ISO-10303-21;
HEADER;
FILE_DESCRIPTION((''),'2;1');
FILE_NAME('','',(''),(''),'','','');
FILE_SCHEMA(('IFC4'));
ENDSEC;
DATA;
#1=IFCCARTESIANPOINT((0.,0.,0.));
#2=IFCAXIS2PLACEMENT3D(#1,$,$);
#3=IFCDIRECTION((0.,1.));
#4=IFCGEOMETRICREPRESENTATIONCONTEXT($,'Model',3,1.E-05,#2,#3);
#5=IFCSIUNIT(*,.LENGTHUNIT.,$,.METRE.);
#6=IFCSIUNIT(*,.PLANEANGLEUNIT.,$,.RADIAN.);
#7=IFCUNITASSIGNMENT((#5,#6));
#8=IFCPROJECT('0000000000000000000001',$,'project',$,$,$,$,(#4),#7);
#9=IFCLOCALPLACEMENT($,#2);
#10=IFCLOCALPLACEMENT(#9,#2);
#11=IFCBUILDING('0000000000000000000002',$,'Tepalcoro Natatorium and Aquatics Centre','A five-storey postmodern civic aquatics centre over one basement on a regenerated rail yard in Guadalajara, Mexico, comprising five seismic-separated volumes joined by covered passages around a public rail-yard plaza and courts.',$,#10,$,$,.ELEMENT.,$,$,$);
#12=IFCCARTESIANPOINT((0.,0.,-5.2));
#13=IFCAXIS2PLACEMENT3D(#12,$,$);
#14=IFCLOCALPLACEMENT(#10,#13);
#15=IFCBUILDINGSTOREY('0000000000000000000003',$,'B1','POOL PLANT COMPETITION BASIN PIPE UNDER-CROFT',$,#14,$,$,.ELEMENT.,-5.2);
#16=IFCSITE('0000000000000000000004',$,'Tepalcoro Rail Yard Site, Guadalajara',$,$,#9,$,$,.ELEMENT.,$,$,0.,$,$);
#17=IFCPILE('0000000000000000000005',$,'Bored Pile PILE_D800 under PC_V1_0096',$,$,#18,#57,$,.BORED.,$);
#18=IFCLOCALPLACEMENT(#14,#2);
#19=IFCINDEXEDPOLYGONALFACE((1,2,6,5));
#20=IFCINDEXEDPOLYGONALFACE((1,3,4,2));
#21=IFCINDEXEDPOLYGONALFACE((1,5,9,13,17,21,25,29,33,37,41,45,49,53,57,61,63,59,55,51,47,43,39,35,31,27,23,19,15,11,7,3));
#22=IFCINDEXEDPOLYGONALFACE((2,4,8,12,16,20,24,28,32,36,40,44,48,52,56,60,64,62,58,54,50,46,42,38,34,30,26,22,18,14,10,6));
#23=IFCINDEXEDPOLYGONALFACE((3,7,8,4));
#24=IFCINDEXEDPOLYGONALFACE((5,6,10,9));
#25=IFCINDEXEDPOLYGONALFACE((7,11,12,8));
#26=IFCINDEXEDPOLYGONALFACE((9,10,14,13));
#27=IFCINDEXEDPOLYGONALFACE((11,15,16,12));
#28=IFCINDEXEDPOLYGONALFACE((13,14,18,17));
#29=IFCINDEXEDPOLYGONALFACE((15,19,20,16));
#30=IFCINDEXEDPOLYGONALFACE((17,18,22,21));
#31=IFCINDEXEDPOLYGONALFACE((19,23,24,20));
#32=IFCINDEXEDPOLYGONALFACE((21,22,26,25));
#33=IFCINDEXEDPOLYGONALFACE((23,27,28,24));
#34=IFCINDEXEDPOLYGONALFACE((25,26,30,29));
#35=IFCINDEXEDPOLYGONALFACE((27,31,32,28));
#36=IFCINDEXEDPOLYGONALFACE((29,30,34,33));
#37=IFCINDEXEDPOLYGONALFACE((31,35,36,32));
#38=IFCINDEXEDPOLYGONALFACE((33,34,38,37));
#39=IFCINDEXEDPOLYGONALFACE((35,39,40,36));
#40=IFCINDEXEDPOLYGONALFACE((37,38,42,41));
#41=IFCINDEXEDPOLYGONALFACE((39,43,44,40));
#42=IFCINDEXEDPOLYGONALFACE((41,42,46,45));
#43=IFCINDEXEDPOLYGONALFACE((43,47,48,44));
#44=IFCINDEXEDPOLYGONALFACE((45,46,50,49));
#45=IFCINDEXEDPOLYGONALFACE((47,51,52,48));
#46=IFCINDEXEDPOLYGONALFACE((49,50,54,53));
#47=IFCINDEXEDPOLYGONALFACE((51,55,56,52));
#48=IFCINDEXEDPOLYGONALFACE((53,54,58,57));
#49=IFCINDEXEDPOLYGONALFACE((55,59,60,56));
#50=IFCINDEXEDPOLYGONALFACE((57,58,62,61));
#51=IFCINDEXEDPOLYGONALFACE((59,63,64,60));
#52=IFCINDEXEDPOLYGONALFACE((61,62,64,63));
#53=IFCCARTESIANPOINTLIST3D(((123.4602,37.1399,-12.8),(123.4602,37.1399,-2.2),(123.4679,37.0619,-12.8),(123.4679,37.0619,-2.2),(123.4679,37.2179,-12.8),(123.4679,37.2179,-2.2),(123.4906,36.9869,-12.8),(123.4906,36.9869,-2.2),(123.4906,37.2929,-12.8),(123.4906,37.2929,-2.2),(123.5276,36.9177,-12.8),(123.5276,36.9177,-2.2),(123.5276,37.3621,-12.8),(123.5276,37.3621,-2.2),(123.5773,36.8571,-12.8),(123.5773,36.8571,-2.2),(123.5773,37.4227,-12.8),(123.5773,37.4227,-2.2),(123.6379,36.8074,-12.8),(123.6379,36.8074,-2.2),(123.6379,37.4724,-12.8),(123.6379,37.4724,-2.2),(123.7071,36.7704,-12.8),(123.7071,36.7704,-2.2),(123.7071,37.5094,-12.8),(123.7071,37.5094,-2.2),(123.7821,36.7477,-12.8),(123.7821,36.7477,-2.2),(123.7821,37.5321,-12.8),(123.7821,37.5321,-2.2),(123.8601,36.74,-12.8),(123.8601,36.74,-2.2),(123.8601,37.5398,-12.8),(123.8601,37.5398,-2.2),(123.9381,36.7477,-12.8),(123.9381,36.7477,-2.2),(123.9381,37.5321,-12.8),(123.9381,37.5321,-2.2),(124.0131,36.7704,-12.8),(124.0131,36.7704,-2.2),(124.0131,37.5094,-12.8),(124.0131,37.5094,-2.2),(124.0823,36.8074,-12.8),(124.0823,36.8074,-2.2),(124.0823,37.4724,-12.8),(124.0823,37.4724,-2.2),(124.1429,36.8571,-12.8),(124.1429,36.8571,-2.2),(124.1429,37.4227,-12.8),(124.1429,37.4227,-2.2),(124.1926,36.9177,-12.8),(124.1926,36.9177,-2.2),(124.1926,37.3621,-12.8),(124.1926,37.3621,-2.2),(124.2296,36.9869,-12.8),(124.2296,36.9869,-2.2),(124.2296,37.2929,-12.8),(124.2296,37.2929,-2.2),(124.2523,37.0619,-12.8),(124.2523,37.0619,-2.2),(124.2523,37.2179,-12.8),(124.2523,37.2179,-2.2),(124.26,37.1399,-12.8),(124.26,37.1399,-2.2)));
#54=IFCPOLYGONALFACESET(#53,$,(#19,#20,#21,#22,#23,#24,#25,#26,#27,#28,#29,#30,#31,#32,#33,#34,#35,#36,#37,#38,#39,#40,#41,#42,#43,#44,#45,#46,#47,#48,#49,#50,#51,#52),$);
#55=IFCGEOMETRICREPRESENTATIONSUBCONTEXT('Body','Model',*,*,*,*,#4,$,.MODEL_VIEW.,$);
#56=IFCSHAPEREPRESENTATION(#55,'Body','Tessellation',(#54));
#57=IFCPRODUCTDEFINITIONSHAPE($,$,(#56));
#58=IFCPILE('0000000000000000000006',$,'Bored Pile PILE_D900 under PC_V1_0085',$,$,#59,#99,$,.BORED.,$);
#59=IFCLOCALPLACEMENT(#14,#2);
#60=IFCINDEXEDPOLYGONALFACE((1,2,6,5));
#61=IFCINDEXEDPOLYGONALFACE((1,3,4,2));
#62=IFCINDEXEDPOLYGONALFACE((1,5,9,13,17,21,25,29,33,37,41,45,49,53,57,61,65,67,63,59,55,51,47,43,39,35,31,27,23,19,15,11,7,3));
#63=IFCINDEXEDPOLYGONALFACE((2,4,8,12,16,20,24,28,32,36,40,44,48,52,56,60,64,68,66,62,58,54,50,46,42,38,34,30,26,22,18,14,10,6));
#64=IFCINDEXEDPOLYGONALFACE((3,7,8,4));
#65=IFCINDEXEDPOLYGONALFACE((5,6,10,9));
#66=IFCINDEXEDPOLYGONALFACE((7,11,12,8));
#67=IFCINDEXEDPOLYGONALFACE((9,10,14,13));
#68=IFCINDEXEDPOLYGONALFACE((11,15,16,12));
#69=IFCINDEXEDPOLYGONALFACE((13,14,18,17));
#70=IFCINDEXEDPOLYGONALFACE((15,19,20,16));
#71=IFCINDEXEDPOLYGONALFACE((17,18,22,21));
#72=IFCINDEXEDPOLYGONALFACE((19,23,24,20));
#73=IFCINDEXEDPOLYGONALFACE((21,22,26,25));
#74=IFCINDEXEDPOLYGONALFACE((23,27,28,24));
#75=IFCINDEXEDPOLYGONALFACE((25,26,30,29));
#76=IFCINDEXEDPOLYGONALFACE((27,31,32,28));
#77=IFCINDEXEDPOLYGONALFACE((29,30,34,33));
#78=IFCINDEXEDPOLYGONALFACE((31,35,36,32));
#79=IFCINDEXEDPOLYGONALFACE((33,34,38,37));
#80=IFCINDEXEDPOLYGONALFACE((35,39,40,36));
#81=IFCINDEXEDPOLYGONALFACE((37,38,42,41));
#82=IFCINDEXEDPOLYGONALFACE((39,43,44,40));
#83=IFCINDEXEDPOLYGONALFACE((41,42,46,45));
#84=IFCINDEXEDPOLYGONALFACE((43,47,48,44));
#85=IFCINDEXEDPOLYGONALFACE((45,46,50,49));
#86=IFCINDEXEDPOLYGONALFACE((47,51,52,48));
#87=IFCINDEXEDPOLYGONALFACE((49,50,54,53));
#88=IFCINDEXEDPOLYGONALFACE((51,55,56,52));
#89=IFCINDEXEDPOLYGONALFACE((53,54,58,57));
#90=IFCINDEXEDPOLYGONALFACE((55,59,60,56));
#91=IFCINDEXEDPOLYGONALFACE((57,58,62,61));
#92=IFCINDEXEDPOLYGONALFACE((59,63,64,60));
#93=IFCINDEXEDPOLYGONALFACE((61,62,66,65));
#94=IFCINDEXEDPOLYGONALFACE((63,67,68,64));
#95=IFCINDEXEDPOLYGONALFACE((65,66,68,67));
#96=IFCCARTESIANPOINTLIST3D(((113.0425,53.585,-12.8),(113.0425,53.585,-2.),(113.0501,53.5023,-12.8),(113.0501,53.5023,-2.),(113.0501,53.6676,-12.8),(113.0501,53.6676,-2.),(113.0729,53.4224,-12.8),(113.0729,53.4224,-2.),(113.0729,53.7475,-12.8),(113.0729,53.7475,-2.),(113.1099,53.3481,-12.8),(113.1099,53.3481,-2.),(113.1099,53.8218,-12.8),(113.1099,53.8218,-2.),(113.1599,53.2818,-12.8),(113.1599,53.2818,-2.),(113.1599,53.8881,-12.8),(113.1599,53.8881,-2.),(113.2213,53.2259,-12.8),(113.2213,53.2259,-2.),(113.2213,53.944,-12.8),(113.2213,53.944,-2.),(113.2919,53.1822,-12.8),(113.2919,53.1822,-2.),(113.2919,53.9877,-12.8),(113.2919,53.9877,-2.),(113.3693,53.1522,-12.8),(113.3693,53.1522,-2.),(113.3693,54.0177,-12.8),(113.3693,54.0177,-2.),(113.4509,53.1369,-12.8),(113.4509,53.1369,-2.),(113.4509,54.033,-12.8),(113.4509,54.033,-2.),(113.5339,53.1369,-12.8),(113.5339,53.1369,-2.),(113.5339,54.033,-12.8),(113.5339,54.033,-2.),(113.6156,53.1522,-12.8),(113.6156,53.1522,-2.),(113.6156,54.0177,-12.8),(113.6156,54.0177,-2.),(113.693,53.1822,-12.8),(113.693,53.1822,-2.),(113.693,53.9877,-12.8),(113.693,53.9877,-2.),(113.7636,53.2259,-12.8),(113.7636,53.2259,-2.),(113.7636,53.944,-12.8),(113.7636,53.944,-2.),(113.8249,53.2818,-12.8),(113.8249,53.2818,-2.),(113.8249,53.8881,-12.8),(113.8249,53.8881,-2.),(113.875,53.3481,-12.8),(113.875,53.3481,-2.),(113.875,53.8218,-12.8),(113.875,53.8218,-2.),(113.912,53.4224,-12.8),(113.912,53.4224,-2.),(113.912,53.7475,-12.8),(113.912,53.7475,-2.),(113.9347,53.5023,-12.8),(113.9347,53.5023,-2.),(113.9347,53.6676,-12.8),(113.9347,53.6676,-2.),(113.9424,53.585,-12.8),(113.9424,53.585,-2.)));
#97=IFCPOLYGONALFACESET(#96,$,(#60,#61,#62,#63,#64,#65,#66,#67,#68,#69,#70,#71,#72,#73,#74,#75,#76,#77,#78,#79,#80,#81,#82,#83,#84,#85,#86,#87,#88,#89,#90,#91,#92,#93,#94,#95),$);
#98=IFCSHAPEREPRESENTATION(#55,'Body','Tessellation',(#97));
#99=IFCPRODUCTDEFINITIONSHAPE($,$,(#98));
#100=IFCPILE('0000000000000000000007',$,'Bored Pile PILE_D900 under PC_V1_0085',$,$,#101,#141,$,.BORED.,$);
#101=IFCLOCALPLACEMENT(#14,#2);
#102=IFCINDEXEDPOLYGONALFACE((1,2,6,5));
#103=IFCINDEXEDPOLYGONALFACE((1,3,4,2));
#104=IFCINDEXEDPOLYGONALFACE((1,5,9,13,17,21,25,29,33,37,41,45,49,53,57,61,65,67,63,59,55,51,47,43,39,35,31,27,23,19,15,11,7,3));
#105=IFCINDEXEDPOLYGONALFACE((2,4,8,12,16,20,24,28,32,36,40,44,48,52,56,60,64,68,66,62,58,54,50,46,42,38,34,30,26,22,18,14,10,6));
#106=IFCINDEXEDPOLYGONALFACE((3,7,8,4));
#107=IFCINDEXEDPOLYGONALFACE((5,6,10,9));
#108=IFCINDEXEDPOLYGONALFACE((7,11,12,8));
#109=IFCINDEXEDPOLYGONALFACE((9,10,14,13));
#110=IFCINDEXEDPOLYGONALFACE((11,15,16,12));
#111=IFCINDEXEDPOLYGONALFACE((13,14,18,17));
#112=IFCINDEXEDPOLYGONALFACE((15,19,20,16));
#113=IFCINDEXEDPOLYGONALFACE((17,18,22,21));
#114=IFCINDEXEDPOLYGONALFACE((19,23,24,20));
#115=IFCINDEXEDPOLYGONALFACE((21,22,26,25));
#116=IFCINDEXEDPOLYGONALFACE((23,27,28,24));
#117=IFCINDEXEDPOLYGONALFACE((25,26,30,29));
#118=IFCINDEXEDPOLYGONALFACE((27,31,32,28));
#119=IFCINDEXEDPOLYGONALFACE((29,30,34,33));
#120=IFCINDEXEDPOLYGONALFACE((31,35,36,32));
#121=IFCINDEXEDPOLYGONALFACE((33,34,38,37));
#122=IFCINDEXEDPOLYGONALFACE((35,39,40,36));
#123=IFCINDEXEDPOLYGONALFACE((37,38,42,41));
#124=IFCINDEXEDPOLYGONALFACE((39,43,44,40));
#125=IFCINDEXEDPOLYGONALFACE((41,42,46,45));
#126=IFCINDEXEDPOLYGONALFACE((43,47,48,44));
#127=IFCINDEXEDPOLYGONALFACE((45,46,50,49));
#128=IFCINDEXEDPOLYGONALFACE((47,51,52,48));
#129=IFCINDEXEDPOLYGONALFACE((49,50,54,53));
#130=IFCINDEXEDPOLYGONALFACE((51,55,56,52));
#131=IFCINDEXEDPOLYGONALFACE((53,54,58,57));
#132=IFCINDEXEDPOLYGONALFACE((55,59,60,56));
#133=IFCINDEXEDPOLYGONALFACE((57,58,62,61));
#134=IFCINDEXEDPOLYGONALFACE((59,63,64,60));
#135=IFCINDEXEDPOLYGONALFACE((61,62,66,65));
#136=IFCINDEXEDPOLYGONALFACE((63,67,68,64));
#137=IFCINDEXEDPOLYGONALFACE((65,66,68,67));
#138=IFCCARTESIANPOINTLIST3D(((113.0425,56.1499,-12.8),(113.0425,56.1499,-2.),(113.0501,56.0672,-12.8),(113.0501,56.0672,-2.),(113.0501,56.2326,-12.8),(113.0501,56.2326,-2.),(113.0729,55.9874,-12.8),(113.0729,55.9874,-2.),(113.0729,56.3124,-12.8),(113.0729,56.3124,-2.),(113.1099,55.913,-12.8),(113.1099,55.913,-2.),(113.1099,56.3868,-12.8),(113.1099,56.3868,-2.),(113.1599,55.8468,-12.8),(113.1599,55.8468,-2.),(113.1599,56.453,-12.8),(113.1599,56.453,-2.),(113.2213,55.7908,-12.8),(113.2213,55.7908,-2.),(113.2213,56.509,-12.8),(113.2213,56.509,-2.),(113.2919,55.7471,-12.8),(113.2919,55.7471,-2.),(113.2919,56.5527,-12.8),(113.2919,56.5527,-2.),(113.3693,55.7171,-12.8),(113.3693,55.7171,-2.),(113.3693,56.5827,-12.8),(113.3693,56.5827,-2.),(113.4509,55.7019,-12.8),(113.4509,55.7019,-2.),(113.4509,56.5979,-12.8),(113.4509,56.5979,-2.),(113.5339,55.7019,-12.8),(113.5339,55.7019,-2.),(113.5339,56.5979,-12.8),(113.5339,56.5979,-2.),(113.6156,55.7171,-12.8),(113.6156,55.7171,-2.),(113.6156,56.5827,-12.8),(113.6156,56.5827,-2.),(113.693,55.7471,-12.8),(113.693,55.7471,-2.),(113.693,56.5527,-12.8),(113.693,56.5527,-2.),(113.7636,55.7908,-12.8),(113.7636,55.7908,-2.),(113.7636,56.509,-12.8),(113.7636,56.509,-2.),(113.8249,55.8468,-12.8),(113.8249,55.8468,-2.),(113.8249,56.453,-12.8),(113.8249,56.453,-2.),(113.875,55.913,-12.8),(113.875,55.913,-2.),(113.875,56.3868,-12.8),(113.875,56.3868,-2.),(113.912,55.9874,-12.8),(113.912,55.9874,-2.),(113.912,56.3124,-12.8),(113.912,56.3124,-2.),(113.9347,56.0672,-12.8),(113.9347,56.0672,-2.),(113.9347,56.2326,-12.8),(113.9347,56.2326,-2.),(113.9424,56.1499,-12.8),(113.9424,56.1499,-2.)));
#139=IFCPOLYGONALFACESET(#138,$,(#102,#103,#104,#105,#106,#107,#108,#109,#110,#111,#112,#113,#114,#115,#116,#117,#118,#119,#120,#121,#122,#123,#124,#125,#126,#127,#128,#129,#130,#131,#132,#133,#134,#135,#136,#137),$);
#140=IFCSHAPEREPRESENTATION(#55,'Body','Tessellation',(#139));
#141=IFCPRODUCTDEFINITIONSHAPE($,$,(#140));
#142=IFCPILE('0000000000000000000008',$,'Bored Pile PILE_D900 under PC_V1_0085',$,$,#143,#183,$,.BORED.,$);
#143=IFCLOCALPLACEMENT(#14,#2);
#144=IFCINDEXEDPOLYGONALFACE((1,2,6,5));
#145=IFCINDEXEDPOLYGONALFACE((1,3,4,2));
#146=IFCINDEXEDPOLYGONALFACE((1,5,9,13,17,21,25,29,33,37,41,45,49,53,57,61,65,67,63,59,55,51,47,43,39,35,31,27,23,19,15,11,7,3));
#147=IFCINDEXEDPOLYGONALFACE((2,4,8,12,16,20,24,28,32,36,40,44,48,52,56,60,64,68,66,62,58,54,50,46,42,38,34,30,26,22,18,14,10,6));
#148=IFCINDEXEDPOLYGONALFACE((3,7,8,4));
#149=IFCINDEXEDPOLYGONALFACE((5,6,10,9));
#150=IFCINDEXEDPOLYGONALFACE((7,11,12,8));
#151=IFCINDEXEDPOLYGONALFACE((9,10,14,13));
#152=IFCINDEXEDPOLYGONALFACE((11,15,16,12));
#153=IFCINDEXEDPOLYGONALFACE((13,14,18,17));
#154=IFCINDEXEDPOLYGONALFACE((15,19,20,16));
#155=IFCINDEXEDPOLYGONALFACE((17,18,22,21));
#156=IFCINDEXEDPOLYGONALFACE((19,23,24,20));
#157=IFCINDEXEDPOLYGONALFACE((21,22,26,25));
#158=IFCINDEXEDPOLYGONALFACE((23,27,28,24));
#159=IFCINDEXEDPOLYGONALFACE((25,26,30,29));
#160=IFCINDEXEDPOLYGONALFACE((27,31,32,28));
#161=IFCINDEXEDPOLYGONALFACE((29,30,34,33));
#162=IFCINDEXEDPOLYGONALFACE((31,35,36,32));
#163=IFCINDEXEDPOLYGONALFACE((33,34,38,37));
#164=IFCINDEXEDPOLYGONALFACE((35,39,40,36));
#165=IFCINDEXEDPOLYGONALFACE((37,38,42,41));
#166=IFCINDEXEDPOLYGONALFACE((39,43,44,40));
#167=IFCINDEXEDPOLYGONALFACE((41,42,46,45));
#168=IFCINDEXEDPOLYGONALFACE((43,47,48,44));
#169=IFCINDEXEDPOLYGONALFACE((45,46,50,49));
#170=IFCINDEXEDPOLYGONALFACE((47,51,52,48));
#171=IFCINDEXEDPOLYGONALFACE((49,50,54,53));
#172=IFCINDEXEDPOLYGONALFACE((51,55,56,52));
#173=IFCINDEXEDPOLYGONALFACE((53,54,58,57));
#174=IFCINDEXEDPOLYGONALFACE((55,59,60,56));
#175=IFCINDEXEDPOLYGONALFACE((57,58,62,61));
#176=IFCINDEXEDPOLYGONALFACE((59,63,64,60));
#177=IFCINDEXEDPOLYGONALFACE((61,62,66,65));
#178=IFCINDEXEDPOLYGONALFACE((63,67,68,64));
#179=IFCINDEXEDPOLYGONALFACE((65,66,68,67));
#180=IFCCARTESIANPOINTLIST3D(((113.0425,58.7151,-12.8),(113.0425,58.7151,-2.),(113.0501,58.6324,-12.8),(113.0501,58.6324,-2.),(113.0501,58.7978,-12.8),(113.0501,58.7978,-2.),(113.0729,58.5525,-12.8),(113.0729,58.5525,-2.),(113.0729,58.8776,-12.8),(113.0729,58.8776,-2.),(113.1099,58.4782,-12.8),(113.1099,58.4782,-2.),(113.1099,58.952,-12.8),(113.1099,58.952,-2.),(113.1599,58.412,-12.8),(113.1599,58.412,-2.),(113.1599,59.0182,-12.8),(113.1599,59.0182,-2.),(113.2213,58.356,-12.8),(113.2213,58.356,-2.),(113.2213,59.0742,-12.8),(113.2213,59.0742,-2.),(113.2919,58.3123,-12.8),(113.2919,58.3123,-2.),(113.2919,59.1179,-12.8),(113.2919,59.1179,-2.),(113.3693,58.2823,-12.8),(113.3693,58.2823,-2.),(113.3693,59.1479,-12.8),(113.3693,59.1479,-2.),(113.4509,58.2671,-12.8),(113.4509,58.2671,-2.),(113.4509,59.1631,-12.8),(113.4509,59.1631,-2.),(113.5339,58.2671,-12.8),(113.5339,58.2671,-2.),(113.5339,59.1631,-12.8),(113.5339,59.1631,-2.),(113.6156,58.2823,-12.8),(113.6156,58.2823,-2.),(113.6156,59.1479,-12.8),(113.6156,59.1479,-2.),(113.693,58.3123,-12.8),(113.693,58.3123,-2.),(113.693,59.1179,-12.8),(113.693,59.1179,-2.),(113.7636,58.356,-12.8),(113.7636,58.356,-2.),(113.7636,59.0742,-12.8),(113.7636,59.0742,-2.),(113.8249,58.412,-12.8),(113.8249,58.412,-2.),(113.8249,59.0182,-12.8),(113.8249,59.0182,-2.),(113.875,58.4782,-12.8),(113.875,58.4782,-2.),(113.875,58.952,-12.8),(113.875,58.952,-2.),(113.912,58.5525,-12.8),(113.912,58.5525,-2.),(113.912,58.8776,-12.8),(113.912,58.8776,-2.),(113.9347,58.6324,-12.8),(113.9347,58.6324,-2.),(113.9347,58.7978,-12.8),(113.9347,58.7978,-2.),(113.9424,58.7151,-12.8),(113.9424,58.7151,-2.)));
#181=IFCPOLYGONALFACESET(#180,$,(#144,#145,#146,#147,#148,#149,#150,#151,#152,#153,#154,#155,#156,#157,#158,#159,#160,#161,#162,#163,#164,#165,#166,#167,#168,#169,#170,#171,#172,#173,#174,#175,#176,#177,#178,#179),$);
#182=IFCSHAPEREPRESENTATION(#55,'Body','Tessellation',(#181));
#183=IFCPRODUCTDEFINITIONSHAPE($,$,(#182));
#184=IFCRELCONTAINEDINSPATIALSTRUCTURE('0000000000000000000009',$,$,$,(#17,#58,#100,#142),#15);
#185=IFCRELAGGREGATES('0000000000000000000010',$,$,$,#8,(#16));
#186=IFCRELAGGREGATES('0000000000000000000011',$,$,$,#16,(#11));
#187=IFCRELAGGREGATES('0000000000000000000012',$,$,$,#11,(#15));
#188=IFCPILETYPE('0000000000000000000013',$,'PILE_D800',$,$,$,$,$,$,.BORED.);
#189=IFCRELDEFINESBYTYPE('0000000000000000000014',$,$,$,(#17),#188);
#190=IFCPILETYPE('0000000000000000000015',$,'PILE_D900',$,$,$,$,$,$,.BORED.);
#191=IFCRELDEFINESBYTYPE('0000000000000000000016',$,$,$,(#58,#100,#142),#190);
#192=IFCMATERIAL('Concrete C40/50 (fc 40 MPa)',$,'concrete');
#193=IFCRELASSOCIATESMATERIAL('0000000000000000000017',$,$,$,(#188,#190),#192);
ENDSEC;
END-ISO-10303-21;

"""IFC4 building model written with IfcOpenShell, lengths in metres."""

from ifc_helpers import new_model, si_unit, direction, frame, origin, origin_2d, place, context, subcontext, project, spatial, circle, extrude, material, material_profile, profile_set, type_object, element, save


model = new_model("IFC4")

# Units and contexts
model_context = context("Model", 3, precision=1e-05, world=origin(), true_north=direction((0.0, 1.0)))
body_context = subcontext(model_context, "Body", "Model", "MODEL_VIEW")
ifc_project = project(units=[si_unit("LENGTHUNIT", "METRE"), si_unit("PLANEANGLEUNIT", "RADIAN")], contexts=[model_context])

# Site, building, storey
site_placement = place(None, origin())
site = spatial("IfcSite", under=ifc_project, at=site_placement, Name="Tepalcoro Rail Yard Site, Guadalajara", CompositionType="ELEMENT", RefElevation=0.0)
building_placement = place(site_placement, origin())
building = spatial("IfcBuilding", under=site, at=building_placement, Name="Tepalcoro Natatorium and Aquatics Centre", Description="A five-storey postmodern civic aquatics centre over one basement on a regenerated rail yard in Guadalajara, Mexico, comprising five seismic-separated volumes joined by covered passages around a public rail-yard plaza and courts.", CompositionType="ELEMENT")
storey_placement = place(building_placement, frame((0.0, 0.0, -5.2)))
storey = spatial("IfcBuildingStorey", under=building, at=storey_placement, Name="B1", Description="POOL PLANT COMPETITION BASIN PIPE UNDER-CROFT", CompositionType="ELEMENT", Elevation=-5.2)

# Piles
ifc_material_1 = material(Name="Concrete C40/50 (fc 40 MPa)", Category="concrete")
ifc_material_profile_1 = material_profile(ifc_material_1, circle(Radius=0.3999, at=origin_2d()), Name="PILE_D800")
ifc_profile_set_1 = profile_set([ifc_material_profile_1], Name="Concrete C40/50 (fc 40 MPa)")
pile_type_1 = type_object("IfcPileType", Name="PILE_D800", PredefinedType="BORED", material=ifc_profile_set_1)
pile_1_placement = place(storey_placement, frame((123.8601, 37.1399, -2.2), z_axis=(0.0, 0.0, -1.0), x_axis=(1.0, 0.0, 0.0)))
element("IfcPile", 1, at=pile_1_placement, inside=storey, type_object=pile_type_1, Name="Bored Pile PILE_D800 under PC_V1_0096", PredefinedType="BORED", context=body_context, shape_type="SweptSolid", body=[
    extrude(circle(Radius=0.3999, at=origin_2d()), origin(), (0.0, 0.0, 1.0), 10.6001),
])
ifc_material_profile_2 = material_profile(ifc_material_1, circle(Radius=0.45, at=origin_2d()), Name="PILE_D900")
ifc_profile_set_2 = profile_set([ifc_material_profile_2], Name="Concrete C40/50 (fc 40 MPa)")
pile_type_2 = type_object("IfcPileType", Name="PILE_D900", PredefinedType="BORED", material=ifc_profile_set_2)
for number, where, z_axis, x_axis, name in (
    (2, (113.4924, 53.585, -2.0), (0.0, 0.0, -1.0), (1.0, 0.0, 0.0), "Bored Pile PILE_D900 under PC_V1_0085"),
    (3, (113.4924, 56.1499, -2.0), (0.0, 0.0, -1.0), (1.0, 0.0, 0.0), "Bored Pile PILE_D900 under PC_V1_0085"),
    (4, (113.4924, 58.7151, -2.0), (0.0, 0.0, -1.0), (1.0, 0.0, 0.0), "Bored Pile PILE_D900 under PC_V1_0085"),
):
    element("IfcPile", number, at=place(storey_placement, frame(where, z_axis=z_axis, x_axis=x_axis)), inside=storey, type_object=pile_type_2, Name=name, PredefinedType="BORED", context=body_context, shape_type="SweptSolid", body=[
        extrude(circle(Radius=0.45, at=origin_2d()), origin(), (0.0, 0.0, 1.0), 10.8),
    ])

save(model, "model.ifc")
